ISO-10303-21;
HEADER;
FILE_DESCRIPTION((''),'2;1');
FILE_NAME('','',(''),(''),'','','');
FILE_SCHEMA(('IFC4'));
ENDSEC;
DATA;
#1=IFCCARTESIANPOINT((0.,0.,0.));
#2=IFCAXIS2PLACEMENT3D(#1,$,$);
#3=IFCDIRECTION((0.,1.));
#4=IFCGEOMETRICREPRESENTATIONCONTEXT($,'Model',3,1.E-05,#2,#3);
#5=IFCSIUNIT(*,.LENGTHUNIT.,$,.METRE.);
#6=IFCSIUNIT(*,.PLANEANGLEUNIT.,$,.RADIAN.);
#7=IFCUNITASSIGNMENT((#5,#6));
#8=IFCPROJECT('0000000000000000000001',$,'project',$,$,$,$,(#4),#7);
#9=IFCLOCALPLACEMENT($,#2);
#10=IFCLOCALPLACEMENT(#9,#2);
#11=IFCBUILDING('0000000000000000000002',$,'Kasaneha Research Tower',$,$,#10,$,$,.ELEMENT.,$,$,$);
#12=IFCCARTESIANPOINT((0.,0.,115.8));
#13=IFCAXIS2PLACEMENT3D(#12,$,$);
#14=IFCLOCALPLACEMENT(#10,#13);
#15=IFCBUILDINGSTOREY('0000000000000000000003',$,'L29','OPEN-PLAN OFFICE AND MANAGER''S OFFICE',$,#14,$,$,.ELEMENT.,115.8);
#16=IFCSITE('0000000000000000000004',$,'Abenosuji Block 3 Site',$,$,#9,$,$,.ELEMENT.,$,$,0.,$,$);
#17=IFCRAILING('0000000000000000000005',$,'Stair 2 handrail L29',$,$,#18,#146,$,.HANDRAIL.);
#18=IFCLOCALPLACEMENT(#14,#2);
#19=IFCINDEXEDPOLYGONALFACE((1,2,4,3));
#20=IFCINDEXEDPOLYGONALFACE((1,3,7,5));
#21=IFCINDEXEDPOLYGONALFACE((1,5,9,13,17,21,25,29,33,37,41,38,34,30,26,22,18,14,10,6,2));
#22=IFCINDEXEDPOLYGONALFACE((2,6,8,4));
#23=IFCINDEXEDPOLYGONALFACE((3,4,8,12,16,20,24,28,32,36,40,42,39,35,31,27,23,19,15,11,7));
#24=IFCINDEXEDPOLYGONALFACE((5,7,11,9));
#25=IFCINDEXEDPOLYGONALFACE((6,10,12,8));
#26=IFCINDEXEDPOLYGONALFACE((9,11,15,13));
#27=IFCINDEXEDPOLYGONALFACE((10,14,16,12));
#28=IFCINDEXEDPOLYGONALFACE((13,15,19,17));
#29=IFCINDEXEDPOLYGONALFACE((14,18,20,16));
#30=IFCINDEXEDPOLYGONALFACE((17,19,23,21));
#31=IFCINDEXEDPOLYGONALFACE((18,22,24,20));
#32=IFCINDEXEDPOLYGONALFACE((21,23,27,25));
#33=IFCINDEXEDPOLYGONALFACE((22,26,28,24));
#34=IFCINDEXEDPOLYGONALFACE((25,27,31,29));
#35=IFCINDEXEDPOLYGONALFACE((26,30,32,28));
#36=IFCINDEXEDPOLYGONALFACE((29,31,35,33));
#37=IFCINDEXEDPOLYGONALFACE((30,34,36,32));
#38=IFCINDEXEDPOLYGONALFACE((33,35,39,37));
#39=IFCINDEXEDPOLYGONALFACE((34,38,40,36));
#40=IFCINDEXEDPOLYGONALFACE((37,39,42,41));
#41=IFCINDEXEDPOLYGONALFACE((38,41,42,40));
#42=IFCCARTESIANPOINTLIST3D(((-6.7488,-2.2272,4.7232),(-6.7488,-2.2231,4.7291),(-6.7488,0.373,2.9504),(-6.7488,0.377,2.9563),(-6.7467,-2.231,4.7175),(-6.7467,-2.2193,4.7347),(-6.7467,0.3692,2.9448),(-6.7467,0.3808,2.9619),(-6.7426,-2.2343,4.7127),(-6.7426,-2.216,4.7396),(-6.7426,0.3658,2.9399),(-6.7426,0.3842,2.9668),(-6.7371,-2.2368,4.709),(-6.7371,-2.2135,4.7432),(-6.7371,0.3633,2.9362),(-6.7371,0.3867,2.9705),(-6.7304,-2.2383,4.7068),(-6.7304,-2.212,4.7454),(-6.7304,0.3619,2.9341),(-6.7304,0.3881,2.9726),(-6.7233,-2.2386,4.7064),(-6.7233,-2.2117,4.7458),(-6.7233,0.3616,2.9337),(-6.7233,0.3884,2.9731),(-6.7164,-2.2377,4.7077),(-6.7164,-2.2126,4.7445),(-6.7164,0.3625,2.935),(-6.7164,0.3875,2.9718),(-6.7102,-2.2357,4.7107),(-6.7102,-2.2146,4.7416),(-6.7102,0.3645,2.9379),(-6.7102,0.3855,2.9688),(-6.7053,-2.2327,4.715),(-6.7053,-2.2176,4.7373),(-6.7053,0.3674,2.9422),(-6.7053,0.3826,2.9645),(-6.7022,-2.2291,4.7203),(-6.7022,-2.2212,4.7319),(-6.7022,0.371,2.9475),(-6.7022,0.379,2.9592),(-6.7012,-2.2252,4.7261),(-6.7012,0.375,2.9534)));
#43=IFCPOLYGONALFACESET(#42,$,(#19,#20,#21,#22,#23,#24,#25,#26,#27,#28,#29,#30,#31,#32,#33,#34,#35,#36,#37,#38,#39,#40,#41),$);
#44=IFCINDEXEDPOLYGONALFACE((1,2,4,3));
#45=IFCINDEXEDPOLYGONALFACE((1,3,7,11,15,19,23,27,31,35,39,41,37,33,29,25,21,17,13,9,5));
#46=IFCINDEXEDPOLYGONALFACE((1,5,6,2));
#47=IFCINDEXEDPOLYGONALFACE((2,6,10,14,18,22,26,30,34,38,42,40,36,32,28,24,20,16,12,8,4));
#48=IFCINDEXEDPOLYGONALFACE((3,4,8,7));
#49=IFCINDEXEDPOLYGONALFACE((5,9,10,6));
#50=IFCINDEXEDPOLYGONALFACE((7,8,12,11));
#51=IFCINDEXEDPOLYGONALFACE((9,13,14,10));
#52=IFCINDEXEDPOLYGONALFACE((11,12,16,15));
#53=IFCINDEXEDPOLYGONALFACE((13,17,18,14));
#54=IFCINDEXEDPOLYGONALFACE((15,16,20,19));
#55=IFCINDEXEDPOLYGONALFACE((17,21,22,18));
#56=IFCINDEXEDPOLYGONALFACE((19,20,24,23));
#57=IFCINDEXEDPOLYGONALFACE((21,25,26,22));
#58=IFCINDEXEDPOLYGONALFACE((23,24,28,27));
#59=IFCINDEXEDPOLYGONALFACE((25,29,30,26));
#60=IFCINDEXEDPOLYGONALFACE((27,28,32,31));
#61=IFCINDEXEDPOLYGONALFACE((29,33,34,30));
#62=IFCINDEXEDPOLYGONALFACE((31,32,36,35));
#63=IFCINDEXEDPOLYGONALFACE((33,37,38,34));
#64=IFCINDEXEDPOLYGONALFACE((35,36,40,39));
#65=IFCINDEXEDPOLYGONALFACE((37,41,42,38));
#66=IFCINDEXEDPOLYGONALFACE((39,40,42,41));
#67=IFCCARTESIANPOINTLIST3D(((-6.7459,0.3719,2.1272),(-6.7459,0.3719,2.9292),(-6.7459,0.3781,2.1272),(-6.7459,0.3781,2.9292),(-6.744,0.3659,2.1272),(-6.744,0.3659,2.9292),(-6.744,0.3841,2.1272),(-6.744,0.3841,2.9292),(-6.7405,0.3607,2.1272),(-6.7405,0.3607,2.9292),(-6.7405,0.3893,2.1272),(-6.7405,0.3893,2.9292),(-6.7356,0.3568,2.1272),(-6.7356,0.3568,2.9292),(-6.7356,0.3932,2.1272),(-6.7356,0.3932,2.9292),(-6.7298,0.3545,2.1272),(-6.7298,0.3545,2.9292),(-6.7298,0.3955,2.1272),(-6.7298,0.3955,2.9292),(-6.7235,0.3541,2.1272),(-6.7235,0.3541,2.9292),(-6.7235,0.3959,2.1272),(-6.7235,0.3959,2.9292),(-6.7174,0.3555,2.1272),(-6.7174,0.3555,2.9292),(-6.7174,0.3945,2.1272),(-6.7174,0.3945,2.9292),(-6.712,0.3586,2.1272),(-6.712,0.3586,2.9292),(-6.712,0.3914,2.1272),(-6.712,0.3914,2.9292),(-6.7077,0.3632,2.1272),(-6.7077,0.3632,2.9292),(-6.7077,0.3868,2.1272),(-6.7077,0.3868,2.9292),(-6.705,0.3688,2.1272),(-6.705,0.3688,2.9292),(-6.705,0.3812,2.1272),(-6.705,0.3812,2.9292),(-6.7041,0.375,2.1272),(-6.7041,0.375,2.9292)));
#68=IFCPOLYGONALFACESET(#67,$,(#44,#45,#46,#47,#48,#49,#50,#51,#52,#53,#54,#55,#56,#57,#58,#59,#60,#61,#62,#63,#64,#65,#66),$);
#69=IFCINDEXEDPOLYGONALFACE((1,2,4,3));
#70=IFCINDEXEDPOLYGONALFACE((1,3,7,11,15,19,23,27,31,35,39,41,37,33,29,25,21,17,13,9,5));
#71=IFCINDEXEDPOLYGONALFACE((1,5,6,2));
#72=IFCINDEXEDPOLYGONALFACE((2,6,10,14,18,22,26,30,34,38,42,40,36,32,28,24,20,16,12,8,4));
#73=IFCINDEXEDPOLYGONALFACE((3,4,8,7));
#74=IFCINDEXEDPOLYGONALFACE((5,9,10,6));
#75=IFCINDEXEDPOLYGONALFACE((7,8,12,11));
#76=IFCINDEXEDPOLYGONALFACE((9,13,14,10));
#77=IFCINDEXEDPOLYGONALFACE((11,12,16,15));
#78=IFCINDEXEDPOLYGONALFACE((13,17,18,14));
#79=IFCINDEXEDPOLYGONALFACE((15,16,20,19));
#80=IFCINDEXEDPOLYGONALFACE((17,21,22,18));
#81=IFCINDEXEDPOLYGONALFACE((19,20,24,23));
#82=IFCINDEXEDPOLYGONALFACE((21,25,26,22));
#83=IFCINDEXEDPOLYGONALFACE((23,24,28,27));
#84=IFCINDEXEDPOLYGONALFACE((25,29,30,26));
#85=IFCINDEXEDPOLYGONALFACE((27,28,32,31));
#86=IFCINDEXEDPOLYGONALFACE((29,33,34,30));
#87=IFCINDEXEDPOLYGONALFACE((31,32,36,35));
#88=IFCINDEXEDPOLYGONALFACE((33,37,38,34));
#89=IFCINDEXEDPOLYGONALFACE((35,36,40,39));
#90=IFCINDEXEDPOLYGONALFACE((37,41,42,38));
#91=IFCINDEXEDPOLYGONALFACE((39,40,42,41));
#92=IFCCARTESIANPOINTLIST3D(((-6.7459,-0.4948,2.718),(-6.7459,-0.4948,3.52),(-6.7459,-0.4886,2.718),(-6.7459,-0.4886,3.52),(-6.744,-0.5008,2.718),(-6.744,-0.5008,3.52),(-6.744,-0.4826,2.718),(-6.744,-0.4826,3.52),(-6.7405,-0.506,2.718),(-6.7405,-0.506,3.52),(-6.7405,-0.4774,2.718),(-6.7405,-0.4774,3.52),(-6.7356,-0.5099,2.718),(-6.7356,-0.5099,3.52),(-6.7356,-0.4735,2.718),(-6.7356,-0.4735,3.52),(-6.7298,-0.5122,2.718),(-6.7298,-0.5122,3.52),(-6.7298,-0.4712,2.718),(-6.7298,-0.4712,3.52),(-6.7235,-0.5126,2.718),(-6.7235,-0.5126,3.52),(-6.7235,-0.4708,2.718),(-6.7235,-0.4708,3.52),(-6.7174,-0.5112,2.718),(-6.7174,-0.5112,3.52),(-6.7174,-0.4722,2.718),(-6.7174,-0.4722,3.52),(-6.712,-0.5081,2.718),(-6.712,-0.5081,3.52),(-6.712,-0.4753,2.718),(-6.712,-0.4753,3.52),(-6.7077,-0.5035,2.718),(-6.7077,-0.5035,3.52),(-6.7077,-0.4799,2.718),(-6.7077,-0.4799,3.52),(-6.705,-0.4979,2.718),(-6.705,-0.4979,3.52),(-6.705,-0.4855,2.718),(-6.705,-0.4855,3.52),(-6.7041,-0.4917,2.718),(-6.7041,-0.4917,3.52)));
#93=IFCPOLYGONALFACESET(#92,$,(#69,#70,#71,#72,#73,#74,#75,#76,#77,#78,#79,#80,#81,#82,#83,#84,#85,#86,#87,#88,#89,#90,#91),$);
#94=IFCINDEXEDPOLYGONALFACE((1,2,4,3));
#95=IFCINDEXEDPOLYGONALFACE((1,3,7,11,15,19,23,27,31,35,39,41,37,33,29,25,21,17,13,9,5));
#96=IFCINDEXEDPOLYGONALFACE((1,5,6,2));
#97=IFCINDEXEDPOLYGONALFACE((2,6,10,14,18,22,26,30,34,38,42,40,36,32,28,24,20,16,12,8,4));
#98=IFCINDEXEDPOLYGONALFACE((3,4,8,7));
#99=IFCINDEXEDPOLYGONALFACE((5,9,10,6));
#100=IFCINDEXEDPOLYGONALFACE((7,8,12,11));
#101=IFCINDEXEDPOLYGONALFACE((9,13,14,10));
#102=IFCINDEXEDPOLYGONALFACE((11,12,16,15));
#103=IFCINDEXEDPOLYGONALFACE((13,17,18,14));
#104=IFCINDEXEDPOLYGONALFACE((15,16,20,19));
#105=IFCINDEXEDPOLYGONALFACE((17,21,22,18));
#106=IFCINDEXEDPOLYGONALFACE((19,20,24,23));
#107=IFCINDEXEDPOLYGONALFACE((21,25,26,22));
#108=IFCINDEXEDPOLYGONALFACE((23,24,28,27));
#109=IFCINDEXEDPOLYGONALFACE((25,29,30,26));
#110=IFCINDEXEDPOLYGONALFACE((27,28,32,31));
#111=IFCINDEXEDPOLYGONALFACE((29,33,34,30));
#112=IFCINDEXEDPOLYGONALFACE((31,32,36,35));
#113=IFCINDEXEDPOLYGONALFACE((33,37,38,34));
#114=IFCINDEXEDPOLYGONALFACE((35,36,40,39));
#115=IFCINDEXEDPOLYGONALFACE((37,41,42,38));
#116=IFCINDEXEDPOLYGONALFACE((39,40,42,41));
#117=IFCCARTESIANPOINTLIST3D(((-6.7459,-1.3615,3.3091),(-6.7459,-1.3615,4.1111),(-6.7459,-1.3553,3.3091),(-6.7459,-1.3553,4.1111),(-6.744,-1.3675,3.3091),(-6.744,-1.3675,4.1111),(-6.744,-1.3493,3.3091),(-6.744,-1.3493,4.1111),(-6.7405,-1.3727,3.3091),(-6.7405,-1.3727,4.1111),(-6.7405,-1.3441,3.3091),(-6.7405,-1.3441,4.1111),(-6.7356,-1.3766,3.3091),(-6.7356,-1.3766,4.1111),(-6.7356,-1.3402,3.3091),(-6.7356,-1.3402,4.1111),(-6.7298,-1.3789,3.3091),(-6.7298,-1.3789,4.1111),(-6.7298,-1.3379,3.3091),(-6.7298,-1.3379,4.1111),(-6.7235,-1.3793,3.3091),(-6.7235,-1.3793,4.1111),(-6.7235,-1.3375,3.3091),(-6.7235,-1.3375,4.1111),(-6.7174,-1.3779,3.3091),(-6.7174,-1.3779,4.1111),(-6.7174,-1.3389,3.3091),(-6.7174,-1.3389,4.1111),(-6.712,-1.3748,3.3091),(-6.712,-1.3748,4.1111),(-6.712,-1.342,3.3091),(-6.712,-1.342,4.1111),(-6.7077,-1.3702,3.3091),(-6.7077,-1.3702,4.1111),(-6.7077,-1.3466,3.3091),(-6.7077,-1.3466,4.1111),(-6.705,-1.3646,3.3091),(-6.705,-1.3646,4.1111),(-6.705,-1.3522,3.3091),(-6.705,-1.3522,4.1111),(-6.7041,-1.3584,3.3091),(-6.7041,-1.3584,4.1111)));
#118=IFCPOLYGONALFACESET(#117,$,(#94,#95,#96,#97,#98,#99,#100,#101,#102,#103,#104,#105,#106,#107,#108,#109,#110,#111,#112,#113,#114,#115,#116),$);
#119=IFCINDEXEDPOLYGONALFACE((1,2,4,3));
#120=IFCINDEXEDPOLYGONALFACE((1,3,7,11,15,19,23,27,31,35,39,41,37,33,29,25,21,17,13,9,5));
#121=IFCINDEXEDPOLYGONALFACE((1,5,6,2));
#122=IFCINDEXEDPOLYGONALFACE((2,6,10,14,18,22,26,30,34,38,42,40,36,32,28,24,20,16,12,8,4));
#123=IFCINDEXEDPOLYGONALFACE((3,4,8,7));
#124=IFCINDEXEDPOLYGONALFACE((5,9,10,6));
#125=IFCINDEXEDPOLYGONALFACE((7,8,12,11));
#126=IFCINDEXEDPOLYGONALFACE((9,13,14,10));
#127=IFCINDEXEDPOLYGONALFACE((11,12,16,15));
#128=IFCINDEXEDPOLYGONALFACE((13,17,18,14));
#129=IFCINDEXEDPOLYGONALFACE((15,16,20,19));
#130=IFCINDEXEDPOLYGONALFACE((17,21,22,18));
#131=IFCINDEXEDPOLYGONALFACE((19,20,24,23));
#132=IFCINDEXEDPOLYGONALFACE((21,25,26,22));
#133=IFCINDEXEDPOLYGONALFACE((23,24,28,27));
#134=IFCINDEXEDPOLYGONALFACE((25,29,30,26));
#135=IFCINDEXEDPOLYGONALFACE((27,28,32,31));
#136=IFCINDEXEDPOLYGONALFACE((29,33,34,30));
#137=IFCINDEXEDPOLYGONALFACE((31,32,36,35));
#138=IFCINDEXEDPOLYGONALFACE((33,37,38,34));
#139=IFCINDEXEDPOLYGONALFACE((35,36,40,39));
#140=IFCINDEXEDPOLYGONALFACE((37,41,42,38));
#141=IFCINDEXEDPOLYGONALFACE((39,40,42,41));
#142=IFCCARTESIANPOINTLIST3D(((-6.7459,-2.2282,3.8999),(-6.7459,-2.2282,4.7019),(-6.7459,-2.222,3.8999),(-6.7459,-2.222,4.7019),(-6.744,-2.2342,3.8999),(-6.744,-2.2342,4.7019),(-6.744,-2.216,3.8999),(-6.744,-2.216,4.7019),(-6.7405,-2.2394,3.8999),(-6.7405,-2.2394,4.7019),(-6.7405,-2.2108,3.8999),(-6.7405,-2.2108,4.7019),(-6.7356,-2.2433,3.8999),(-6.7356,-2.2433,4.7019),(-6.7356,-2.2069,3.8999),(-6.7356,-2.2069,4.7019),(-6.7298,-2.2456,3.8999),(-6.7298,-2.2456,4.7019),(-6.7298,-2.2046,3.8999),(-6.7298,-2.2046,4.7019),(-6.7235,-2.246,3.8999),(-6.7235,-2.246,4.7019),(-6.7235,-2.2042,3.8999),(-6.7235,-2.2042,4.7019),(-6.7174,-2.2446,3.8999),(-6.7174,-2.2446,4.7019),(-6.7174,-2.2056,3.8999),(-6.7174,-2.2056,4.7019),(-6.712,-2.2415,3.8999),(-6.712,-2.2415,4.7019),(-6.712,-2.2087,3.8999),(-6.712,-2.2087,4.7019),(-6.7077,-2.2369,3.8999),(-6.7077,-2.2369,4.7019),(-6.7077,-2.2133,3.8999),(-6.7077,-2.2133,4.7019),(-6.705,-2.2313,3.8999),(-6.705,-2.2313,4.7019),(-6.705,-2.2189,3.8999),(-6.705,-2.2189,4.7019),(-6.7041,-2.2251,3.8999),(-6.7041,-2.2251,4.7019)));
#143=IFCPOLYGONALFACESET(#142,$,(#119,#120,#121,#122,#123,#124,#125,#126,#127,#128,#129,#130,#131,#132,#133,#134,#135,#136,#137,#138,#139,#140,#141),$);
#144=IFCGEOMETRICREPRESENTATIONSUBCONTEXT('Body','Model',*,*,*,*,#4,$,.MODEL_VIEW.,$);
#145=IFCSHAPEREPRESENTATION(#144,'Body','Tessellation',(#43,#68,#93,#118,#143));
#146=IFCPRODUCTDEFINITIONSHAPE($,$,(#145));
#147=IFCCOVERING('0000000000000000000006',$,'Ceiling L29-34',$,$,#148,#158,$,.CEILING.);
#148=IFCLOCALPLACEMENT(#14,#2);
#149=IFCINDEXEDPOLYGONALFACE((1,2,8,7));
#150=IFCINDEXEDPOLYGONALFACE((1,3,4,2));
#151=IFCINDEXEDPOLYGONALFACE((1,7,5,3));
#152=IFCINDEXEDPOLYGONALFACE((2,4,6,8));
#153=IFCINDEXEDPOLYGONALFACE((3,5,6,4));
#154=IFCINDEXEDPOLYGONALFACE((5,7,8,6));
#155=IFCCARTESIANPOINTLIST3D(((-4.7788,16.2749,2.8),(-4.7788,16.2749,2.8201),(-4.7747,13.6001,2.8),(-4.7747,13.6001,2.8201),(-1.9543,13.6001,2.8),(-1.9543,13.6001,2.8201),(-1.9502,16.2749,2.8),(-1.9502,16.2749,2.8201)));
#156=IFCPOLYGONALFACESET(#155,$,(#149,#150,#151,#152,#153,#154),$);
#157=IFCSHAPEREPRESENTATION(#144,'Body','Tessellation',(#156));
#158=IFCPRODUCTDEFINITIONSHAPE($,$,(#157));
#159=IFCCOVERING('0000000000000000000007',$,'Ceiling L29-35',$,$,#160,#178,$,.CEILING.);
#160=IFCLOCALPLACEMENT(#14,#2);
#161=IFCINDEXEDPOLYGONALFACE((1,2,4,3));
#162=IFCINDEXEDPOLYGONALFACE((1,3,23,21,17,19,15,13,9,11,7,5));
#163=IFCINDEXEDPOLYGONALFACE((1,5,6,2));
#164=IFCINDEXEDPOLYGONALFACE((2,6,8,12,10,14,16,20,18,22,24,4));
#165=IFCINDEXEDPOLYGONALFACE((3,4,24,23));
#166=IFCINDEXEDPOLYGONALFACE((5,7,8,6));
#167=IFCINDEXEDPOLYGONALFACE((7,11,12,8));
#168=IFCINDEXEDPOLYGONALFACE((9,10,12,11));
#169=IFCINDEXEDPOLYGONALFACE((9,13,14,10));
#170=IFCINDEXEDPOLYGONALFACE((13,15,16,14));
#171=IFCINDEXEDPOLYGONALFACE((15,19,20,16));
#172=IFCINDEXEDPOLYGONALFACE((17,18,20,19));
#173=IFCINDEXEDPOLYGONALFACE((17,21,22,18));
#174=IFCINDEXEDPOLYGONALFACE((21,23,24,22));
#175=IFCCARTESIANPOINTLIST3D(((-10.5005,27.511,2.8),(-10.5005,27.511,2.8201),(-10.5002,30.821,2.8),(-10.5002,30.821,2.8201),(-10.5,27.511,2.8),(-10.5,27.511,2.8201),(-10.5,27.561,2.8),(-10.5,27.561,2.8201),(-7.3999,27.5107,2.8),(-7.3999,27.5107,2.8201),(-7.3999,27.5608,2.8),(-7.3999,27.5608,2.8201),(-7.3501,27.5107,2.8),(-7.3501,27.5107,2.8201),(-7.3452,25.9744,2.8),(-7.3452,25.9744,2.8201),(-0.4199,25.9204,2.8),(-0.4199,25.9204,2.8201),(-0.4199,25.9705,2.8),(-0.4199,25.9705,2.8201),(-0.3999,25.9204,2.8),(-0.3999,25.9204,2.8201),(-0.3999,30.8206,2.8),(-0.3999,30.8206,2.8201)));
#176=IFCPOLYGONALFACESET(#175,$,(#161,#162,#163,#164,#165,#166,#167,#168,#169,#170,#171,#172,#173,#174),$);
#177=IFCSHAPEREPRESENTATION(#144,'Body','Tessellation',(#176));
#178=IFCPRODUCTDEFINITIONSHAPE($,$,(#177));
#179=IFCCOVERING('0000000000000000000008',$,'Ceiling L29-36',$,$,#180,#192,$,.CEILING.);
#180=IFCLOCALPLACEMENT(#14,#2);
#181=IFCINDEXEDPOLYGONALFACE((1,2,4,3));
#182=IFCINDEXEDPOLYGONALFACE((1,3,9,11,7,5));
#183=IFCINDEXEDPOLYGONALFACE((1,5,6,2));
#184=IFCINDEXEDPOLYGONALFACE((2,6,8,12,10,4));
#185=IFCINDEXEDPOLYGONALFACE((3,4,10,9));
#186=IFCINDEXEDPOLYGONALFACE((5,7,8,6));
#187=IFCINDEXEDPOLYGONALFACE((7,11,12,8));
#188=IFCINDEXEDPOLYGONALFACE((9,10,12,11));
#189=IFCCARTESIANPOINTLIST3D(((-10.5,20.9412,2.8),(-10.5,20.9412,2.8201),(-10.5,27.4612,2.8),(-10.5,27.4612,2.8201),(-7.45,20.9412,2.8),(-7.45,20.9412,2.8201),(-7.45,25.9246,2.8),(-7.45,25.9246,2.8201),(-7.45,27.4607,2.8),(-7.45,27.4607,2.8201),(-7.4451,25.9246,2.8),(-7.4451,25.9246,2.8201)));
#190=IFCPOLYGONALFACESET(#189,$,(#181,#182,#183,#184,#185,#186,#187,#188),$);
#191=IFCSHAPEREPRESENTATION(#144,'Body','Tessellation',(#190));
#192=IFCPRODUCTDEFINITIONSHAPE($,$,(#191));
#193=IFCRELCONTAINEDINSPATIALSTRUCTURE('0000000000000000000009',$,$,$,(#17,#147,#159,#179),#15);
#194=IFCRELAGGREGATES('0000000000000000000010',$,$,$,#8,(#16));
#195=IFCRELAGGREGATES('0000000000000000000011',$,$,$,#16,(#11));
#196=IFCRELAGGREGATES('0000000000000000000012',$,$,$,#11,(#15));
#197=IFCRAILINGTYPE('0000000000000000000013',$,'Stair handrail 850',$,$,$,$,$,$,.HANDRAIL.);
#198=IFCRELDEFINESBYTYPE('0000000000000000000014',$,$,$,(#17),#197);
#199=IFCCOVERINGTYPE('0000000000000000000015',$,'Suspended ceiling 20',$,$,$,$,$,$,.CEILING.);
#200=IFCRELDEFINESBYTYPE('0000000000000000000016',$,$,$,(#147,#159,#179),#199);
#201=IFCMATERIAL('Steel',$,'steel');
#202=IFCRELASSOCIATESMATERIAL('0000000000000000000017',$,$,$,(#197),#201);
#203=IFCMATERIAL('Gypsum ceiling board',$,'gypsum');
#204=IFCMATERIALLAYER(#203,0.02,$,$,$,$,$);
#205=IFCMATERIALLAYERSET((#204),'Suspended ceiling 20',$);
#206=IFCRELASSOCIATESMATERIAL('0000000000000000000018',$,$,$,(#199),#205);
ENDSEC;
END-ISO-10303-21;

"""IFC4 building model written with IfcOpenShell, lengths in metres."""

from ifc_helpers import new_model, si_unit, direction, frame, origin, origin_2d, place, context, subcontext, project, spatial, polyline, circle, outline, extrude, material, layer, layer_set, type_object, element, save


model = new_model("IFC4")

# Units and contexts
model_context = context("Model", 3, precision=1e-05, world=origin(), true_north=direction((0.0, 1.0)))
body_context = subcontext(model_context, "Body", "Model", "MODEL_VIEW")
ifc_project = project(units=[si_unit("LENGTHUNIT", "METRE"), si_unit("PLANEANGLEUNIT", "RADIAN")], contexts=[model_context])

# Site, building, storey
site_placement = place(None, origin())
site = spatial("IfcSite", under=ifc_project, at=site_placement, Name="Abenosuji Block 3 Site", CompositionType="ELEMENT", RefElevation=0.0)
building_placement = place(site_placement, origin())
building = spatial("IfcBuilding", under=site, at=building_placement, Name="Kasaneha Research Tower", CompositionType="ELEMENT")
storey_placement = place(building_placement, frame((0.0, 0.0, 115.8)))
storey = spatial("IfcBuildingStorey", under=building, at=storey_placement, Name="L29", Description="OPEN-PLAN OFFICE AND MANAGER'S OFFICE", CompositionType="ELEMENT", Elevation=115.8)

# Railing
ifc_material_1 = material(Name="Steel", Category="steel")
railing_type_1 = type_object("IfcRailingType", Name="Stair handrail 850", PredefinedType="HANDRAIL", material=ifc_material_1)
railing_1_placement = place(storey_placement, frame((-6.7251, 0.375, 2.1272)))
element("IfcRailing", 1, at=railing_1_placement, inside=storey, type_object=railing_type_1, Name="Stair 2 handrail L29", PredefinedType="HANDRAIL", context=body_context, shape_type="SweptSolid", body=[
    extrude(circle(Radius=0.0239, at=origin_2d()), frame((0.0, 0.0, 0.8262), z_axis=(0.0, -0.82624, 0.563318), x_axis=(1.0, 0.0, 0.0)), (0.0, 0.0, 1.0), 3.147),
    extrude(circle(Radius=0.021, at=origin_2d()), origin(), (0.0, 0.0, 1.0), 0.802),
    extrude(circle(Radius=0.021, at=origin_2d()), frame((0.0, -0.8667, 0.5908)), (0.0, 0.0, 1.0), 0.802),
    extrude(circle(Radius=0.021, at=origin_2d()), frame((0.0, -1.7334, 1.1819)), (0.0, 0.0, 1.0), 0.802),
    extrude(circle(Radius=0.021, at=origin_2d()), frame((0.0, -2.6001, 1.7727)), (0.0, 0.0, 1.0), 0.802),
])

# Coverings
ifc_material_2 = material(Name="Gypsum ceiling board", Category="gypsum")
ifc_layer_1 = layer(ifc_material_2, 0.02)
ifc_layer_set_1 = layer_set([ifc_layer_1], Name="Suspended ceiling 20")
covering_type = type_object("IfcCoveringType", Name="Suspended ceiling 20", PredefinedType="CEILING", material=ifc_layer_set_1)
covering_1_placement = place(storey_placement, frame((0.0, 0.0, 2.8)))
element("IfcCovering", 2, at=covering_1_placement, inside=storey, type_object=covering_type, Name="Ceiling L29-34", PredefinedType="CEILING", context=body_context, shape_type="SweptSolid", body=[
    extrude(outline(polyline([(-4.7788, 16.2749), (-1.9502, 16.2749), (-1.9543, 13.6001), (-4.7747, 13.6001), (-4.7788, 16.2749)])), origin(), (0.0, 0.0, 1.0), 0.02),
])
covering_2_placement = place(storey_placement, frame((0.0, 0.0, 2.8)))
element("IfcCovering", 3, at=covering_2_placement, inside=storey, type_object=covering_type, Name="Ceiling L29-35", PredefinedType="CEILING", context=body_context, shape_type="SweptSolid", body=[
    extrude(outline(polyline([(-0.4199, 25.9204), (-0.4199, 25.9705), (-7.3452, 25.9744), (-7.3501, 27.5107), (-7.3999, 27.5107), (-7.3999, 27.5608), (-10.5, 27.561), (-10.5, 27.511), (-10.5005, 27.511), (-10.5002, 30.821), (-0.3999, 30.8206), (-0.3999, 25.9204), (-0.4199, 25.9204)])), origin(), (0.0, 0.0, 1.0), 0.02),
])
covering_3_placement = place(storey_placement, frame((0.0, 0.0, 2.8)))
element("IfcCovering", 4, at=covering_3_placement, inside=storey, type_object=covering_type, Name="Ceiling L29-36", PredefinedType="CEILING", context=body_context, shape_type="SweptSolid", body=[
    extrude(outline(polyline([(-10.5, 27.4612), (-7.45, 27.4607), (-7.4451, 25.9246), (-7.45, 25.9246), (-7.45, 20.9412), (-10.5, 20.9412), (-10.5, 27.4612)])), origin(), (0.0, 0.0, 1.0), 0.02),
])

save(model, "model.ifc")
